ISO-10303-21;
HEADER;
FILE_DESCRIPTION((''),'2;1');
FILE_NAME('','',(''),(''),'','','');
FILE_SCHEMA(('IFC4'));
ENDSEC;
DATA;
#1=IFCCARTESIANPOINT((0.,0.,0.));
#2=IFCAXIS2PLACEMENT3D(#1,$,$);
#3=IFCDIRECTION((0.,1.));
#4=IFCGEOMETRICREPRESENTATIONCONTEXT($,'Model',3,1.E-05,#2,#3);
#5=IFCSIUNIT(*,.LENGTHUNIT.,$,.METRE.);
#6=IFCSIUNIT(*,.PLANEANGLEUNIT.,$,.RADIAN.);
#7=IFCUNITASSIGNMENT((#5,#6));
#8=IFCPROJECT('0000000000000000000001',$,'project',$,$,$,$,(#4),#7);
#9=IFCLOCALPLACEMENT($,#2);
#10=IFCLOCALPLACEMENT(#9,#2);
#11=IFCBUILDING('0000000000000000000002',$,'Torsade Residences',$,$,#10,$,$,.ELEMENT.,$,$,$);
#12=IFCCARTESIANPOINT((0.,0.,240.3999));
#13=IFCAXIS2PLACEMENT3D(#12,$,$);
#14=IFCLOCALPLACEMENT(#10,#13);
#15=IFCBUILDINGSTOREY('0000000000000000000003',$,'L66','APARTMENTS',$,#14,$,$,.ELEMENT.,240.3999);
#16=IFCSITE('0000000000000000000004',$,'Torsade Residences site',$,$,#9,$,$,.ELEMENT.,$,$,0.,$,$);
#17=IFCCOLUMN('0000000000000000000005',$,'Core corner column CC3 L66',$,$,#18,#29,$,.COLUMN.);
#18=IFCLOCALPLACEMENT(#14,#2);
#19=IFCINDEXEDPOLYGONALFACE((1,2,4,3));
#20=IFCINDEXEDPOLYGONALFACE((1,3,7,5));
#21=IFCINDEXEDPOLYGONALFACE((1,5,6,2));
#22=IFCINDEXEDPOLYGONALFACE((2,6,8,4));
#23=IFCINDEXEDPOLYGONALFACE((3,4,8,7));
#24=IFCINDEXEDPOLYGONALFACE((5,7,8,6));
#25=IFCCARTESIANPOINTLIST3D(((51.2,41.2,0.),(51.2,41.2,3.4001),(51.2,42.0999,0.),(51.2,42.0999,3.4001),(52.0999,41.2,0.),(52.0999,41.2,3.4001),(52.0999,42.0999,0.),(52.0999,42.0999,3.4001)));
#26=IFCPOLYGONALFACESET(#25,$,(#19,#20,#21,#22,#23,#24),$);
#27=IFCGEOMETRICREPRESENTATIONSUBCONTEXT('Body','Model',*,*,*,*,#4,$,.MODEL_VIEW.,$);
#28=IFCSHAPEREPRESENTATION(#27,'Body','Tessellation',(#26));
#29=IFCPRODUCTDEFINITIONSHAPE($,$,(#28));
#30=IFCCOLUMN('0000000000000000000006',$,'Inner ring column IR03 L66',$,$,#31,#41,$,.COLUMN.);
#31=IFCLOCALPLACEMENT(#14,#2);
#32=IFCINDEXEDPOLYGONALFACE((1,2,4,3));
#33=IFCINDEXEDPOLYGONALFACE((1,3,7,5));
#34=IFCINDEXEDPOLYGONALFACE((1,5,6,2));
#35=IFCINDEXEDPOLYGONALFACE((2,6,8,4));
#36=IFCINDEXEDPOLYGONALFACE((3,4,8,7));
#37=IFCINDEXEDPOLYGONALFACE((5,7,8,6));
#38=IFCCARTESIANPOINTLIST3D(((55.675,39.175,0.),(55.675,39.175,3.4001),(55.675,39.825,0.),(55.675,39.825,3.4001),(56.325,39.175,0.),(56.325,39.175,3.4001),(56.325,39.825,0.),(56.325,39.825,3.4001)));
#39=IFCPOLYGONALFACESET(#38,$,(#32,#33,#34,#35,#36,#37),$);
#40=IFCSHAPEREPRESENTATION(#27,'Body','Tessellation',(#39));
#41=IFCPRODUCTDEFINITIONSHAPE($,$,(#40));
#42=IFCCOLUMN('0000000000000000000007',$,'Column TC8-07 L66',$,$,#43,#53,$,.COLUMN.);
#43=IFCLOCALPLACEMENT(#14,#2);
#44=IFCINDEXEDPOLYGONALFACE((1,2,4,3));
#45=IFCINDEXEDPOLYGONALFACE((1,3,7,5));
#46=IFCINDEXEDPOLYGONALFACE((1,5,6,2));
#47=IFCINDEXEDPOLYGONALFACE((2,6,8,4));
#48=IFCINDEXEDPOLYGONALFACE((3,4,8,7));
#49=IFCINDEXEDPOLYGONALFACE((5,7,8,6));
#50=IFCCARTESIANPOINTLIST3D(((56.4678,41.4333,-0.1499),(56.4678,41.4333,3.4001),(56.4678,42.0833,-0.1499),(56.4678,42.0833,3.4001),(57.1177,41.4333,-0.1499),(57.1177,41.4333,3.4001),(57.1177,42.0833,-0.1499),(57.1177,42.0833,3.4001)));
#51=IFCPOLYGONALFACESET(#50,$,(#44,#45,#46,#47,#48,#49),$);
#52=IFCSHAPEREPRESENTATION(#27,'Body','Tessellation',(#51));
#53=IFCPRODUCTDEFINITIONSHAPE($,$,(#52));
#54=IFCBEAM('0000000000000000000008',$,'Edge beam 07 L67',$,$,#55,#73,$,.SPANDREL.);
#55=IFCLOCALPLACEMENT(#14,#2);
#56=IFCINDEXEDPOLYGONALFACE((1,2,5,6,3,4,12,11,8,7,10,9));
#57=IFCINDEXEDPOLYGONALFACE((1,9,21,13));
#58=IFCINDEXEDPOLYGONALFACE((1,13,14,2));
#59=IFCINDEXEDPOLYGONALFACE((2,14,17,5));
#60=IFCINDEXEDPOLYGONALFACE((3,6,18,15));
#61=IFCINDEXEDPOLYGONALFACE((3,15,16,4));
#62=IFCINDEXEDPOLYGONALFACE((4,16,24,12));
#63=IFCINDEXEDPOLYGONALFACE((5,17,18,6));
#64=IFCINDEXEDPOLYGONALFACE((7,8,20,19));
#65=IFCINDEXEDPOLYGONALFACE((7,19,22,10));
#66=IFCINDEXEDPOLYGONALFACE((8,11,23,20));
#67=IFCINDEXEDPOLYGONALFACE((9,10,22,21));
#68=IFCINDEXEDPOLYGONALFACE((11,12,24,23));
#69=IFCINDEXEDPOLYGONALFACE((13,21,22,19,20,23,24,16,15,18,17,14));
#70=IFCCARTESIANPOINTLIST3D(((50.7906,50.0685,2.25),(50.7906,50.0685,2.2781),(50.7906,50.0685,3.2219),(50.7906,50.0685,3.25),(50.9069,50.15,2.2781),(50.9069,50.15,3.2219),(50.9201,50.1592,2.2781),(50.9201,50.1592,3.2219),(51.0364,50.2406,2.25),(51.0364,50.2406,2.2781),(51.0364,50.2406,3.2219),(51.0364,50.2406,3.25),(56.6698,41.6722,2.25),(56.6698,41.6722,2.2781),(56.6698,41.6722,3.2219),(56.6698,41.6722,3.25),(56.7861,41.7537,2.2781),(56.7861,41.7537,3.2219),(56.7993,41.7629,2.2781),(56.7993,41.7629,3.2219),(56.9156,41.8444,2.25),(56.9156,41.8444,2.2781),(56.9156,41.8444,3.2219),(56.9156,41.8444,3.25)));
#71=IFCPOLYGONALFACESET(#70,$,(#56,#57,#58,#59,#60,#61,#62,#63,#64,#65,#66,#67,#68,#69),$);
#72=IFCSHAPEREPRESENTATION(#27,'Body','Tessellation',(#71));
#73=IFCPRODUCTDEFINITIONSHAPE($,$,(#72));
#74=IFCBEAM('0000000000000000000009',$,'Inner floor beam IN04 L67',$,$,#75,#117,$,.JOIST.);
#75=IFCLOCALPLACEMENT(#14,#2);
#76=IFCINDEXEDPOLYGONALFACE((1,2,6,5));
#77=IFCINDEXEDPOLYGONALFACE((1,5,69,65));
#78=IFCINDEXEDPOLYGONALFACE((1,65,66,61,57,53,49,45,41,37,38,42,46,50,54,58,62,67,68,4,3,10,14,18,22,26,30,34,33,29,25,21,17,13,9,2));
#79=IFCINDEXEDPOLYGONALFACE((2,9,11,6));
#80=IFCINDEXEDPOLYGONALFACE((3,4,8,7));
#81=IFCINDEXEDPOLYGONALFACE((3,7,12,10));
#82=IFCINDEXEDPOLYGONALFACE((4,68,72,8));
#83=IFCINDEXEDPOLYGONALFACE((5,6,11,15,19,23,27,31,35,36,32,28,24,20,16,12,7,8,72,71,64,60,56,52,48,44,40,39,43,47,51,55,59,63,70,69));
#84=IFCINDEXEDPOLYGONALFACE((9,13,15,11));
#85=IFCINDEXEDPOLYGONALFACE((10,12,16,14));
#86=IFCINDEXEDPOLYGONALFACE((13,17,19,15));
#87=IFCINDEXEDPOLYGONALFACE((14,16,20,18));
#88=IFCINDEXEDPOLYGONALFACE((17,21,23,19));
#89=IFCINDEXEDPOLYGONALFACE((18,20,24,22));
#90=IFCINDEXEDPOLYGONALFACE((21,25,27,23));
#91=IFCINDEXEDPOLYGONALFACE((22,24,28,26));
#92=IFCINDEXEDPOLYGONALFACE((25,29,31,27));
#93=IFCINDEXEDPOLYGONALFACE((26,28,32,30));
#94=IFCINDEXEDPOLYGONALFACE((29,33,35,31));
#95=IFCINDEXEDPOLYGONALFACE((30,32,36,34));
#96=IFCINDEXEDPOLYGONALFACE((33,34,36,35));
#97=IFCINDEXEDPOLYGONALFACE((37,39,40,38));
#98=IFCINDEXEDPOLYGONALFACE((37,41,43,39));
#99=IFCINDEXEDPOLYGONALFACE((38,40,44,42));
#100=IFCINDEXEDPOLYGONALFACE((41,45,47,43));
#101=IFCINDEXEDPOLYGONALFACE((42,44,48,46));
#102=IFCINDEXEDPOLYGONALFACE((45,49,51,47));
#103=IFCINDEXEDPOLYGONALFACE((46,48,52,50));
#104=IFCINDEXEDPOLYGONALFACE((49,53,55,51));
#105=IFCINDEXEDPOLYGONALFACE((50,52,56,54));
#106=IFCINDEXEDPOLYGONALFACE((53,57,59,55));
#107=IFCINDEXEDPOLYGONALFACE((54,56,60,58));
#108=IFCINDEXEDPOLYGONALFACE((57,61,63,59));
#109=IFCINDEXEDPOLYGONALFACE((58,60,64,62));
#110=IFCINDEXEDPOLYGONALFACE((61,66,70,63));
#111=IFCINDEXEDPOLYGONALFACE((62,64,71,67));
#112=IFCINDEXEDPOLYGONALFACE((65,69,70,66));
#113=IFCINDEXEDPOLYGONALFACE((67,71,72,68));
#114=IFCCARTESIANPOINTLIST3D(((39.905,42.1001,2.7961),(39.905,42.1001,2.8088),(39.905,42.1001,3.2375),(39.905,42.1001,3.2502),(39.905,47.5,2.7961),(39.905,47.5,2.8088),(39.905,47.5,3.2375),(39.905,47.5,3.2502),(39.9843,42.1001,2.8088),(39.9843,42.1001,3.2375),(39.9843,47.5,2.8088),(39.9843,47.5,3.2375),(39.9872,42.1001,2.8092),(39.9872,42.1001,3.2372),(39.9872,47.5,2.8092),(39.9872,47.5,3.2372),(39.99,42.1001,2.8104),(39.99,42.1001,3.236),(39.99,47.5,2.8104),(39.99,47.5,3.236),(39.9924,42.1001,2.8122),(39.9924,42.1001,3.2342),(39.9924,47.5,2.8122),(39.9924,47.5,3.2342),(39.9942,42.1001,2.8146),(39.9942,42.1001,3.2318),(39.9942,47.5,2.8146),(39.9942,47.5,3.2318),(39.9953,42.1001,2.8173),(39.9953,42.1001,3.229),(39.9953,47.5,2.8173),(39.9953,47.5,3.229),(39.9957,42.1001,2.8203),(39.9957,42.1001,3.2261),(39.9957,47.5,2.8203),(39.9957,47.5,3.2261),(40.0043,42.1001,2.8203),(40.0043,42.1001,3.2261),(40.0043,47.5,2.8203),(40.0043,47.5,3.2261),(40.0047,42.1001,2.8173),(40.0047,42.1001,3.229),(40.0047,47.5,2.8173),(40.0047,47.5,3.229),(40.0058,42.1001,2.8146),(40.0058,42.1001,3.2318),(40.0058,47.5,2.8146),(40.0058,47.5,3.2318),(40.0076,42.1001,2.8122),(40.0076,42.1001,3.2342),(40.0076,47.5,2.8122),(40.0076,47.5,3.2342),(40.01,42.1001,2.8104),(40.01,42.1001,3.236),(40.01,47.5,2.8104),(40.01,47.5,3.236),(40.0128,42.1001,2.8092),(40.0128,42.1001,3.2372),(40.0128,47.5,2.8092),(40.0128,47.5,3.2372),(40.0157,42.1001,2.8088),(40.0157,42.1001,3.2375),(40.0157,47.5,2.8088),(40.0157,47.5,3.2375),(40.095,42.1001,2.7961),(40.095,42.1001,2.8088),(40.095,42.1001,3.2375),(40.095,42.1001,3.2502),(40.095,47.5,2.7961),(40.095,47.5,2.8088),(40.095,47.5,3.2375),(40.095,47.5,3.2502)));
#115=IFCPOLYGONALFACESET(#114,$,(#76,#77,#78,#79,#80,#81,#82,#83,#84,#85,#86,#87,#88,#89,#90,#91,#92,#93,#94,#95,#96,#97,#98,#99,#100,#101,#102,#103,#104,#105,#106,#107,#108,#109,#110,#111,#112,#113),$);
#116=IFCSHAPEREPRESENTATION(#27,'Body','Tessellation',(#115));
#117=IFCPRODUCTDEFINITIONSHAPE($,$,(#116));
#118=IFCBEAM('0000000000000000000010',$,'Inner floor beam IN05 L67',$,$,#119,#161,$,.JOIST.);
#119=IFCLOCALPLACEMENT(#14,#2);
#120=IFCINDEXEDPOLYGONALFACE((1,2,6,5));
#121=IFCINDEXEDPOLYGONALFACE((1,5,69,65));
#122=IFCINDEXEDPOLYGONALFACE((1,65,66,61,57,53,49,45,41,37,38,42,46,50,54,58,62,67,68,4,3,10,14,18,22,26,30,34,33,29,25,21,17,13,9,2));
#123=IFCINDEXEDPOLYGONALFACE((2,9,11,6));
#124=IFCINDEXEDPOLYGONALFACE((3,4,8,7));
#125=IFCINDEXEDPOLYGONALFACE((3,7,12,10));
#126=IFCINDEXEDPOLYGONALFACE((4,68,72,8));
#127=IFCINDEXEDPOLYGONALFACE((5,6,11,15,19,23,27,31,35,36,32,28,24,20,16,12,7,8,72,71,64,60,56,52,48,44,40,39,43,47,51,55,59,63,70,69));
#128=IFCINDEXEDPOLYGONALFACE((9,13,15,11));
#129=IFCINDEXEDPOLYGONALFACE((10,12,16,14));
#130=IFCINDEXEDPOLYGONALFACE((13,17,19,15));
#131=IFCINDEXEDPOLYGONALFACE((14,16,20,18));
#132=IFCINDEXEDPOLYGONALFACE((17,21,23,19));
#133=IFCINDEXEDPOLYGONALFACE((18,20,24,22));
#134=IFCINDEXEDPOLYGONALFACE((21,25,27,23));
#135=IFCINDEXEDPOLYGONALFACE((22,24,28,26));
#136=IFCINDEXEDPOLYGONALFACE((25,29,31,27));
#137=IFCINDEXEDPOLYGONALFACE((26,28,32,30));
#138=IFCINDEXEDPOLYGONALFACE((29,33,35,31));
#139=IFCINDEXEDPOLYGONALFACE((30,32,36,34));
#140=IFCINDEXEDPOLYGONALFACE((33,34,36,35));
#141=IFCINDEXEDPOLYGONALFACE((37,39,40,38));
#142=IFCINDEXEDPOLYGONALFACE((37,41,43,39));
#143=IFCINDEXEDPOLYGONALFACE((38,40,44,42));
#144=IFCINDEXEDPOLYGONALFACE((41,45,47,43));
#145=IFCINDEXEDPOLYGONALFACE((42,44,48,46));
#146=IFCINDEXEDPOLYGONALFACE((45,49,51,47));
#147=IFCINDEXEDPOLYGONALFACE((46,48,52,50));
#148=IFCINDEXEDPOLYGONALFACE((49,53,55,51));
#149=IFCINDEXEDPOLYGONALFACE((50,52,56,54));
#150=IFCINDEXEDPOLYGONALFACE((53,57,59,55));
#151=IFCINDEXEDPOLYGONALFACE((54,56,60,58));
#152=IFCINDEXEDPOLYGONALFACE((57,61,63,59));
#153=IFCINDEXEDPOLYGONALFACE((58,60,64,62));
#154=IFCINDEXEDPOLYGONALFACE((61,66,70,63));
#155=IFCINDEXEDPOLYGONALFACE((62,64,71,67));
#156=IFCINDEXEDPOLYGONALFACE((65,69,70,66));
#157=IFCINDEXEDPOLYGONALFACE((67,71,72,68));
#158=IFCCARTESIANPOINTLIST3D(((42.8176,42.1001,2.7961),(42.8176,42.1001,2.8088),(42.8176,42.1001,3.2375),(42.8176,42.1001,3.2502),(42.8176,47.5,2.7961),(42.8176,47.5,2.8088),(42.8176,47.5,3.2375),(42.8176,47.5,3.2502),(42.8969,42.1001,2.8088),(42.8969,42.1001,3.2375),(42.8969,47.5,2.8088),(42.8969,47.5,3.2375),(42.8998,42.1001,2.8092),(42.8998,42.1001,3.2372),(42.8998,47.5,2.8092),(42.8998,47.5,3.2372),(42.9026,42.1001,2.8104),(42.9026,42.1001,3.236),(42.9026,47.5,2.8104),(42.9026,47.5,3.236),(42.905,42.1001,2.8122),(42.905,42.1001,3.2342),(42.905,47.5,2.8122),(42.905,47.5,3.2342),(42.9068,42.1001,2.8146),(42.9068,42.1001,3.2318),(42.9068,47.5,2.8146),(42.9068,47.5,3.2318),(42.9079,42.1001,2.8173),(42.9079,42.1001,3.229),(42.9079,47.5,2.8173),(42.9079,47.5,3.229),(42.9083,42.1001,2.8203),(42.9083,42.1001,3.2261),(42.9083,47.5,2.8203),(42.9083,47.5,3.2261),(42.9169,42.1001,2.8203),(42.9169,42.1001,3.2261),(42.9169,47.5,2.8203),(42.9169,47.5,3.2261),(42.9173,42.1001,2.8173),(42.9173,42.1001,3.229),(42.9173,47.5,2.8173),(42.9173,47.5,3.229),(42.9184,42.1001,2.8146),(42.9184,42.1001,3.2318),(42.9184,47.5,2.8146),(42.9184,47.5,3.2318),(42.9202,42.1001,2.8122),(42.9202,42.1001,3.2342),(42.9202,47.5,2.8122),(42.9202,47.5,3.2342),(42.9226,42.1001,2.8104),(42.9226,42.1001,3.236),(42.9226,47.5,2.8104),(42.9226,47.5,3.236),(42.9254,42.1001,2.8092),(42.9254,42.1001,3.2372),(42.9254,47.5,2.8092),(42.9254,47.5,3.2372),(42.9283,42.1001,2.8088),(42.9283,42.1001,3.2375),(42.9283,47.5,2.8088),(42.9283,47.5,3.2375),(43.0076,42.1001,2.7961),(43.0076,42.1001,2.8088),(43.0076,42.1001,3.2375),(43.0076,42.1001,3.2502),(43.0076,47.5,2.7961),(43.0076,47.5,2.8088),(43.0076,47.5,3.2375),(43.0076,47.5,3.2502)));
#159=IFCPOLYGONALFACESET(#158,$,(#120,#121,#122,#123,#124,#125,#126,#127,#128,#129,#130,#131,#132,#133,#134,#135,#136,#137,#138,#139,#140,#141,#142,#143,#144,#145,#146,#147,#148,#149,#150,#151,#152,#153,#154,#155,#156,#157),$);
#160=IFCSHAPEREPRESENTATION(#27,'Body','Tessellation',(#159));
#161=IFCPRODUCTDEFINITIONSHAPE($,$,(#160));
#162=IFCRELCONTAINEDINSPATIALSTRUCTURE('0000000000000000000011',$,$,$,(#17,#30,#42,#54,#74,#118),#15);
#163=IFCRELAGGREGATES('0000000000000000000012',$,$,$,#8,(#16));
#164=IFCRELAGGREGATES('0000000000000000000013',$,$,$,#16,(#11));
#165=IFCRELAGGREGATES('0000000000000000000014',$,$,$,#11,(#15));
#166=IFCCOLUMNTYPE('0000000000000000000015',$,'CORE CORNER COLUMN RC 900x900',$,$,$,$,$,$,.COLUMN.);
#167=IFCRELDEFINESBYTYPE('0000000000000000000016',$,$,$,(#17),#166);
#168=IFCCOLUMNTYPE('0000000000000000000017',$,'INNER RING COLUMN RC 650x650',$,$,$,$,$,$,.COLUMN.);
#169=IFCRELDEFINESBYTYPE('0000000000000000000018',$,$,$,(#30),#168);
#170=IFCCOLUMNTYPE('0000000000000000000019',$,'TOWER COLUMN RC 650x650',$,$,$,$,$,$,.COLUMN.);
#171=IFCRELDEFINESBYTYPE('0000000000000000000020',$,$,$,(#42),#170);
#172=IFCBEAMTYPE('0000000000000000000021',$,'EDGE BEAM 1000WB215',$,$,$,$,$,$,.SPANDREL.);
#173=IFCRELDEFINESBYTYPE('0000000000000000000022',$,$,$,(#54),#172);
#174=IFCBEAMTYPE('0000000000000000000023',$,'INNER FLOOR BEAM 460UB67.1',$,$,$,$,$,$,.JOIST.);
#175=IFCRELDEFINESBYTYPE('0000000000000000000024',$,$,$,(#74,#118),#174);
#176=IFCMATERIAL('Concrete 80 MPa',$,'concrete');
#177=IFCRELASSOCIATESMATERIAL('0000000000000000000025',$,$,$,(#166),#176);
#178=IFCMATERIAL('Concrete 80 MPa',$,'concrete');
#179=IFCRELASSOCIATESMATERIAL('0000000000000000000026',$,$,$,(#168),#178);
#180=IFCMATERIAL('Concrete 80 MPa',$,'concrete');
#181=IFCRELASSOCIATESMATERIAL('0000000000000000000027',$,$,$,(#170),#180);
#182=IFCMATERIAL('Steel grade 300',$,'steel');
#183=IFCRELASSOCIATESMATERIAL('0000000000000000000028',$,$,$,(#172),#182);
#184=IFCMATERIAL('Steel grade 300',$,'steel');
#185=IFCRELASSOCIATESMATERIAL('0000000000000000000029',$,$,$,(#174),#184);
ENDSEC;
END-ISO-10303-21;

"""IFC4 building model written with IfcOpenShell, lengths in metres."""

from ifc_helpers import new_model, si_unit, direction, frame, origin, origin_2d, place, context, subcontext, project, spatial, rectangle, i_section, extrude, material, material_profile, profile_set, type_object, element, save


model = new_model("IFC4")

# Units and contexts
model_context = context("Model", 3, precision=1e-05, world=origin(), true_north=direction((0.0, 1.0)))
body_context = subcontext(model_context, "Body", "Model", "MODEL_VIEW")
ifc_project = project(units=[si_unit("LENGTHUNIT", "METRE"), si_unit("PLANEANGLEUNIT", "RADIAN")], contexts=[model_context])

# Site, building, storey
site_placement = place(None, origin())
site = spatial("IfcSite", under=ifc_project, at=site_placement, Name="Torsade Residences site", CompositionType="ELEMENT", RefElevation=0.0)
building_placement = place(site_placement, origin())
building = spatial("IfcBuilding", under=site, at=building_placement, Name="Torsade Residences", CompositionType="ELEMENT")
storey_placement = place(building_placement, frame((0.0, 0.0, 240.3999)))
storey = spatial("IfcBuildingStorey", under=building, at=storey_placement, Name="L66", Description="APARTMENTS", CompositionType="ELEMENT", Elevation=240.3999)

# Columns
ifc_material_1 = material(Name="Concrete 80 MPa", Category="concrete")
ifc_material_profile_1 = material_profile(ifc_material_1, rectangle(XDim=0.8999, YDim=0.8999, at=origin_2d()), Name="RC 900x900")
ifc_profile_set_1 = profile_set([ifc_material_profile_1], Name="Concrete 80 MPa")
column_type_1 = type_object("IfcColumnType", Name="CORE CORNER COLUMN RC 900x900", PredefinedType="COLUMN", material=ifc_profile_set_1)
column_1_placement = place(storey_placement, frame((51.6499, 41.6499, 0.0), z_axis=(0.0, 0.0, 1.0), x_axis=(1.0, 0.0, 0.0)))
element("IfcColumn", 1, at=column_1_placement, inside=storey, type_object=column_type_1, Name="Core corner column CC3 L66", PredefinedType="COLUMN", context=body_context, shape_type="SweptSolid", body=[
    extrude(rectangle(XDim=0.8999, YDim=0.8999, at=origin_2d()), origin(), (0.0, 0.0, 1.0), 3.4001),
])
ifc_material_2 = material(Name="Concrete 80 MPa", Category="concrete")
ifc_material_profile_2 = material_profile(ifc_material_2, rectangle(XDim=0.6499, YDim=0.6499, at=origin_2d()), Name="RC 650x650")
ifc_profile_set_2 = profile_set([ifc_material_profile_2], Name="Concrete 80 MPa")
column_type_2 = type_object("IfcColumnType", Name="INNER RING COLUMN RC 650x650", PredefinedType="COLUMN", material=ifc_profile_set_2)
column_2_placement = place(storey_placement, frame((56.0, 39.5, 0.0), z_axis=(0.0, 0.0, 1.0), x_axis=(1.0, 0.0, 0.0)))
element("IfcColumn", 2, at=column_2_placement, inside=storey, type_object=column_type_2, Name="Inner ring column IR03 L66", PredefinedType="COLUMN", context=body_context, shape_type="SweptSolid", body=[
    extrude(rectangle(XDim=0.6499, YDim=0.6499, at=origin_2d()), origin(), (0.0, 0.0, 1.0), 3.4001),
])
ifc_material_3 = material(Name="Concrete 80 MPa", Category="concrete")
ifc_material_profile_3 = material_profile(ifc_material_3, rectangle(XDim=0.6499, YDim=0.6499, at=origin_2d()), Name="RC 650x650")
ifc_profile_set_3 = profile_set([ifc_material_profile_3], Name="Concrete 80 MPa")
column_type_3 = type_object("IfcColumnType", Name="TOWER COLUMN RC 650x650", PredefinedType="COLUMN", material=ifc_profile_set_3)
column_3_placement = place(storey_placement, frame((56.7927, 41.7583, -0.1499), z_axis=(0.0, 0.0, 1.0), x_axis=(1.0, 0.0, 0.0)))
element("IfcColumn", 3, at=column_3_placement, inside=storey, type_object=column_type_3, Name="Column TC8-07 L66", PredefinedType="COLUMN", context=body_context, shape_type="SweptSolid", body=[
    extrude(rectangle(XDim=0.6499, YDim=0.6499, at=origin_2d()), origin(), (0.0, 0.0, 1.0), 3.55),
])

# Beams
ifc_material_4 = material(Name="Steel grade 300", Category="steel")
ifc_material_profile_4 = material_profile(ifc_material_4, i_section(OverallWidth=0.3, OverallDepth=1.0, WebThickness=0.0161, FlangeThickness=0.0281, at=origin_2d()), Name="1000WB215")
ifc_profile_set_4 = profile_set([ifc_material_profile_4], Name="Steel grade 300")
beam_type_1 = type_object("IfcBeamType", Name="EDGE BEAM 1000WB215", PredefinedType="SPANDREL", material=ifc_profile_set_4)
beam_1_placement = place(storey_placement, frame((56.7927, 41.7583, 2.75), z_axis=(-0.573579, 0.81915, 0.0), x_axis=(-0.81915, -0.573579, 0.0)))
element("IfcBeam", 4, at=beam_1_placement, inside=storey, type_object=beam_type_1, Name="Edge beam 07 L67", PredefinedType="SPANDREL", context=body_context, shape_type="SweptSolid", body=[
    extrude(i_section(OverallWidth=0.3, OverallDepth=1.0, WebThickness=0.0161, FlangeThickness=0.0281, at=origin_2d()), origin(), (0.0, 0.0, 1.0), 10.25),
])
ifc_material_5 = material(Name="Steel grade 300", Category="steel")
ifc_material_profile_5 = material_profile(ifc_material_5, i_section(OverallWidth=0.1899, OverallDepth=0.4541, WebThickness=0.0085, FlangeThickness=0.0127, FilletRadius=0.0115, at=origin_2d()), Name="460UB67.1")
ifc_profile_set_5 = profile_set([ifc_material_profile_5], Name="Steel grade 300")
beam_type_2 = type_object("IfcBeamType", Name="INNER FLOOR BEAM 460UB67.1", PredefinedType="JOIST", material=ifc_profile_set_5)
for number, where, z_axis, x_axis, name in (
    (5, (40.0, 42.1001, 3.0232), (0.0, 1.0, 0.0), (-1.0, 0.0, 0.0), "Inner floor beam IN04 L67"),
    (6, (42.9126, 42.1001, 3.0232), (0.0, 1.0, 0.0), (-1.0, 0.0, 0.0), "Inner floor beam IN05 L67"),
):
    element("IfcBeam", number, at=place(storey_placement, frame(where, z_axis=z_axis, x_axis=x_axis)), inside=storey, type_object=beam_type_2, Name=name, PredefinedType="JOIST", context=body_context, shape_type="SweptSolid", body=[
        extrude(i_section(OverallWidth=0.1899, OverallDepth=0.4541, WebThickness=0.0085, FlangeThickness=0.0127, FilletRadius=0.0115, at=origin_2d()), origin(), (0.0, 0.0, 1.0), 5.3999),
    ])

save(model, "model.ifc")
